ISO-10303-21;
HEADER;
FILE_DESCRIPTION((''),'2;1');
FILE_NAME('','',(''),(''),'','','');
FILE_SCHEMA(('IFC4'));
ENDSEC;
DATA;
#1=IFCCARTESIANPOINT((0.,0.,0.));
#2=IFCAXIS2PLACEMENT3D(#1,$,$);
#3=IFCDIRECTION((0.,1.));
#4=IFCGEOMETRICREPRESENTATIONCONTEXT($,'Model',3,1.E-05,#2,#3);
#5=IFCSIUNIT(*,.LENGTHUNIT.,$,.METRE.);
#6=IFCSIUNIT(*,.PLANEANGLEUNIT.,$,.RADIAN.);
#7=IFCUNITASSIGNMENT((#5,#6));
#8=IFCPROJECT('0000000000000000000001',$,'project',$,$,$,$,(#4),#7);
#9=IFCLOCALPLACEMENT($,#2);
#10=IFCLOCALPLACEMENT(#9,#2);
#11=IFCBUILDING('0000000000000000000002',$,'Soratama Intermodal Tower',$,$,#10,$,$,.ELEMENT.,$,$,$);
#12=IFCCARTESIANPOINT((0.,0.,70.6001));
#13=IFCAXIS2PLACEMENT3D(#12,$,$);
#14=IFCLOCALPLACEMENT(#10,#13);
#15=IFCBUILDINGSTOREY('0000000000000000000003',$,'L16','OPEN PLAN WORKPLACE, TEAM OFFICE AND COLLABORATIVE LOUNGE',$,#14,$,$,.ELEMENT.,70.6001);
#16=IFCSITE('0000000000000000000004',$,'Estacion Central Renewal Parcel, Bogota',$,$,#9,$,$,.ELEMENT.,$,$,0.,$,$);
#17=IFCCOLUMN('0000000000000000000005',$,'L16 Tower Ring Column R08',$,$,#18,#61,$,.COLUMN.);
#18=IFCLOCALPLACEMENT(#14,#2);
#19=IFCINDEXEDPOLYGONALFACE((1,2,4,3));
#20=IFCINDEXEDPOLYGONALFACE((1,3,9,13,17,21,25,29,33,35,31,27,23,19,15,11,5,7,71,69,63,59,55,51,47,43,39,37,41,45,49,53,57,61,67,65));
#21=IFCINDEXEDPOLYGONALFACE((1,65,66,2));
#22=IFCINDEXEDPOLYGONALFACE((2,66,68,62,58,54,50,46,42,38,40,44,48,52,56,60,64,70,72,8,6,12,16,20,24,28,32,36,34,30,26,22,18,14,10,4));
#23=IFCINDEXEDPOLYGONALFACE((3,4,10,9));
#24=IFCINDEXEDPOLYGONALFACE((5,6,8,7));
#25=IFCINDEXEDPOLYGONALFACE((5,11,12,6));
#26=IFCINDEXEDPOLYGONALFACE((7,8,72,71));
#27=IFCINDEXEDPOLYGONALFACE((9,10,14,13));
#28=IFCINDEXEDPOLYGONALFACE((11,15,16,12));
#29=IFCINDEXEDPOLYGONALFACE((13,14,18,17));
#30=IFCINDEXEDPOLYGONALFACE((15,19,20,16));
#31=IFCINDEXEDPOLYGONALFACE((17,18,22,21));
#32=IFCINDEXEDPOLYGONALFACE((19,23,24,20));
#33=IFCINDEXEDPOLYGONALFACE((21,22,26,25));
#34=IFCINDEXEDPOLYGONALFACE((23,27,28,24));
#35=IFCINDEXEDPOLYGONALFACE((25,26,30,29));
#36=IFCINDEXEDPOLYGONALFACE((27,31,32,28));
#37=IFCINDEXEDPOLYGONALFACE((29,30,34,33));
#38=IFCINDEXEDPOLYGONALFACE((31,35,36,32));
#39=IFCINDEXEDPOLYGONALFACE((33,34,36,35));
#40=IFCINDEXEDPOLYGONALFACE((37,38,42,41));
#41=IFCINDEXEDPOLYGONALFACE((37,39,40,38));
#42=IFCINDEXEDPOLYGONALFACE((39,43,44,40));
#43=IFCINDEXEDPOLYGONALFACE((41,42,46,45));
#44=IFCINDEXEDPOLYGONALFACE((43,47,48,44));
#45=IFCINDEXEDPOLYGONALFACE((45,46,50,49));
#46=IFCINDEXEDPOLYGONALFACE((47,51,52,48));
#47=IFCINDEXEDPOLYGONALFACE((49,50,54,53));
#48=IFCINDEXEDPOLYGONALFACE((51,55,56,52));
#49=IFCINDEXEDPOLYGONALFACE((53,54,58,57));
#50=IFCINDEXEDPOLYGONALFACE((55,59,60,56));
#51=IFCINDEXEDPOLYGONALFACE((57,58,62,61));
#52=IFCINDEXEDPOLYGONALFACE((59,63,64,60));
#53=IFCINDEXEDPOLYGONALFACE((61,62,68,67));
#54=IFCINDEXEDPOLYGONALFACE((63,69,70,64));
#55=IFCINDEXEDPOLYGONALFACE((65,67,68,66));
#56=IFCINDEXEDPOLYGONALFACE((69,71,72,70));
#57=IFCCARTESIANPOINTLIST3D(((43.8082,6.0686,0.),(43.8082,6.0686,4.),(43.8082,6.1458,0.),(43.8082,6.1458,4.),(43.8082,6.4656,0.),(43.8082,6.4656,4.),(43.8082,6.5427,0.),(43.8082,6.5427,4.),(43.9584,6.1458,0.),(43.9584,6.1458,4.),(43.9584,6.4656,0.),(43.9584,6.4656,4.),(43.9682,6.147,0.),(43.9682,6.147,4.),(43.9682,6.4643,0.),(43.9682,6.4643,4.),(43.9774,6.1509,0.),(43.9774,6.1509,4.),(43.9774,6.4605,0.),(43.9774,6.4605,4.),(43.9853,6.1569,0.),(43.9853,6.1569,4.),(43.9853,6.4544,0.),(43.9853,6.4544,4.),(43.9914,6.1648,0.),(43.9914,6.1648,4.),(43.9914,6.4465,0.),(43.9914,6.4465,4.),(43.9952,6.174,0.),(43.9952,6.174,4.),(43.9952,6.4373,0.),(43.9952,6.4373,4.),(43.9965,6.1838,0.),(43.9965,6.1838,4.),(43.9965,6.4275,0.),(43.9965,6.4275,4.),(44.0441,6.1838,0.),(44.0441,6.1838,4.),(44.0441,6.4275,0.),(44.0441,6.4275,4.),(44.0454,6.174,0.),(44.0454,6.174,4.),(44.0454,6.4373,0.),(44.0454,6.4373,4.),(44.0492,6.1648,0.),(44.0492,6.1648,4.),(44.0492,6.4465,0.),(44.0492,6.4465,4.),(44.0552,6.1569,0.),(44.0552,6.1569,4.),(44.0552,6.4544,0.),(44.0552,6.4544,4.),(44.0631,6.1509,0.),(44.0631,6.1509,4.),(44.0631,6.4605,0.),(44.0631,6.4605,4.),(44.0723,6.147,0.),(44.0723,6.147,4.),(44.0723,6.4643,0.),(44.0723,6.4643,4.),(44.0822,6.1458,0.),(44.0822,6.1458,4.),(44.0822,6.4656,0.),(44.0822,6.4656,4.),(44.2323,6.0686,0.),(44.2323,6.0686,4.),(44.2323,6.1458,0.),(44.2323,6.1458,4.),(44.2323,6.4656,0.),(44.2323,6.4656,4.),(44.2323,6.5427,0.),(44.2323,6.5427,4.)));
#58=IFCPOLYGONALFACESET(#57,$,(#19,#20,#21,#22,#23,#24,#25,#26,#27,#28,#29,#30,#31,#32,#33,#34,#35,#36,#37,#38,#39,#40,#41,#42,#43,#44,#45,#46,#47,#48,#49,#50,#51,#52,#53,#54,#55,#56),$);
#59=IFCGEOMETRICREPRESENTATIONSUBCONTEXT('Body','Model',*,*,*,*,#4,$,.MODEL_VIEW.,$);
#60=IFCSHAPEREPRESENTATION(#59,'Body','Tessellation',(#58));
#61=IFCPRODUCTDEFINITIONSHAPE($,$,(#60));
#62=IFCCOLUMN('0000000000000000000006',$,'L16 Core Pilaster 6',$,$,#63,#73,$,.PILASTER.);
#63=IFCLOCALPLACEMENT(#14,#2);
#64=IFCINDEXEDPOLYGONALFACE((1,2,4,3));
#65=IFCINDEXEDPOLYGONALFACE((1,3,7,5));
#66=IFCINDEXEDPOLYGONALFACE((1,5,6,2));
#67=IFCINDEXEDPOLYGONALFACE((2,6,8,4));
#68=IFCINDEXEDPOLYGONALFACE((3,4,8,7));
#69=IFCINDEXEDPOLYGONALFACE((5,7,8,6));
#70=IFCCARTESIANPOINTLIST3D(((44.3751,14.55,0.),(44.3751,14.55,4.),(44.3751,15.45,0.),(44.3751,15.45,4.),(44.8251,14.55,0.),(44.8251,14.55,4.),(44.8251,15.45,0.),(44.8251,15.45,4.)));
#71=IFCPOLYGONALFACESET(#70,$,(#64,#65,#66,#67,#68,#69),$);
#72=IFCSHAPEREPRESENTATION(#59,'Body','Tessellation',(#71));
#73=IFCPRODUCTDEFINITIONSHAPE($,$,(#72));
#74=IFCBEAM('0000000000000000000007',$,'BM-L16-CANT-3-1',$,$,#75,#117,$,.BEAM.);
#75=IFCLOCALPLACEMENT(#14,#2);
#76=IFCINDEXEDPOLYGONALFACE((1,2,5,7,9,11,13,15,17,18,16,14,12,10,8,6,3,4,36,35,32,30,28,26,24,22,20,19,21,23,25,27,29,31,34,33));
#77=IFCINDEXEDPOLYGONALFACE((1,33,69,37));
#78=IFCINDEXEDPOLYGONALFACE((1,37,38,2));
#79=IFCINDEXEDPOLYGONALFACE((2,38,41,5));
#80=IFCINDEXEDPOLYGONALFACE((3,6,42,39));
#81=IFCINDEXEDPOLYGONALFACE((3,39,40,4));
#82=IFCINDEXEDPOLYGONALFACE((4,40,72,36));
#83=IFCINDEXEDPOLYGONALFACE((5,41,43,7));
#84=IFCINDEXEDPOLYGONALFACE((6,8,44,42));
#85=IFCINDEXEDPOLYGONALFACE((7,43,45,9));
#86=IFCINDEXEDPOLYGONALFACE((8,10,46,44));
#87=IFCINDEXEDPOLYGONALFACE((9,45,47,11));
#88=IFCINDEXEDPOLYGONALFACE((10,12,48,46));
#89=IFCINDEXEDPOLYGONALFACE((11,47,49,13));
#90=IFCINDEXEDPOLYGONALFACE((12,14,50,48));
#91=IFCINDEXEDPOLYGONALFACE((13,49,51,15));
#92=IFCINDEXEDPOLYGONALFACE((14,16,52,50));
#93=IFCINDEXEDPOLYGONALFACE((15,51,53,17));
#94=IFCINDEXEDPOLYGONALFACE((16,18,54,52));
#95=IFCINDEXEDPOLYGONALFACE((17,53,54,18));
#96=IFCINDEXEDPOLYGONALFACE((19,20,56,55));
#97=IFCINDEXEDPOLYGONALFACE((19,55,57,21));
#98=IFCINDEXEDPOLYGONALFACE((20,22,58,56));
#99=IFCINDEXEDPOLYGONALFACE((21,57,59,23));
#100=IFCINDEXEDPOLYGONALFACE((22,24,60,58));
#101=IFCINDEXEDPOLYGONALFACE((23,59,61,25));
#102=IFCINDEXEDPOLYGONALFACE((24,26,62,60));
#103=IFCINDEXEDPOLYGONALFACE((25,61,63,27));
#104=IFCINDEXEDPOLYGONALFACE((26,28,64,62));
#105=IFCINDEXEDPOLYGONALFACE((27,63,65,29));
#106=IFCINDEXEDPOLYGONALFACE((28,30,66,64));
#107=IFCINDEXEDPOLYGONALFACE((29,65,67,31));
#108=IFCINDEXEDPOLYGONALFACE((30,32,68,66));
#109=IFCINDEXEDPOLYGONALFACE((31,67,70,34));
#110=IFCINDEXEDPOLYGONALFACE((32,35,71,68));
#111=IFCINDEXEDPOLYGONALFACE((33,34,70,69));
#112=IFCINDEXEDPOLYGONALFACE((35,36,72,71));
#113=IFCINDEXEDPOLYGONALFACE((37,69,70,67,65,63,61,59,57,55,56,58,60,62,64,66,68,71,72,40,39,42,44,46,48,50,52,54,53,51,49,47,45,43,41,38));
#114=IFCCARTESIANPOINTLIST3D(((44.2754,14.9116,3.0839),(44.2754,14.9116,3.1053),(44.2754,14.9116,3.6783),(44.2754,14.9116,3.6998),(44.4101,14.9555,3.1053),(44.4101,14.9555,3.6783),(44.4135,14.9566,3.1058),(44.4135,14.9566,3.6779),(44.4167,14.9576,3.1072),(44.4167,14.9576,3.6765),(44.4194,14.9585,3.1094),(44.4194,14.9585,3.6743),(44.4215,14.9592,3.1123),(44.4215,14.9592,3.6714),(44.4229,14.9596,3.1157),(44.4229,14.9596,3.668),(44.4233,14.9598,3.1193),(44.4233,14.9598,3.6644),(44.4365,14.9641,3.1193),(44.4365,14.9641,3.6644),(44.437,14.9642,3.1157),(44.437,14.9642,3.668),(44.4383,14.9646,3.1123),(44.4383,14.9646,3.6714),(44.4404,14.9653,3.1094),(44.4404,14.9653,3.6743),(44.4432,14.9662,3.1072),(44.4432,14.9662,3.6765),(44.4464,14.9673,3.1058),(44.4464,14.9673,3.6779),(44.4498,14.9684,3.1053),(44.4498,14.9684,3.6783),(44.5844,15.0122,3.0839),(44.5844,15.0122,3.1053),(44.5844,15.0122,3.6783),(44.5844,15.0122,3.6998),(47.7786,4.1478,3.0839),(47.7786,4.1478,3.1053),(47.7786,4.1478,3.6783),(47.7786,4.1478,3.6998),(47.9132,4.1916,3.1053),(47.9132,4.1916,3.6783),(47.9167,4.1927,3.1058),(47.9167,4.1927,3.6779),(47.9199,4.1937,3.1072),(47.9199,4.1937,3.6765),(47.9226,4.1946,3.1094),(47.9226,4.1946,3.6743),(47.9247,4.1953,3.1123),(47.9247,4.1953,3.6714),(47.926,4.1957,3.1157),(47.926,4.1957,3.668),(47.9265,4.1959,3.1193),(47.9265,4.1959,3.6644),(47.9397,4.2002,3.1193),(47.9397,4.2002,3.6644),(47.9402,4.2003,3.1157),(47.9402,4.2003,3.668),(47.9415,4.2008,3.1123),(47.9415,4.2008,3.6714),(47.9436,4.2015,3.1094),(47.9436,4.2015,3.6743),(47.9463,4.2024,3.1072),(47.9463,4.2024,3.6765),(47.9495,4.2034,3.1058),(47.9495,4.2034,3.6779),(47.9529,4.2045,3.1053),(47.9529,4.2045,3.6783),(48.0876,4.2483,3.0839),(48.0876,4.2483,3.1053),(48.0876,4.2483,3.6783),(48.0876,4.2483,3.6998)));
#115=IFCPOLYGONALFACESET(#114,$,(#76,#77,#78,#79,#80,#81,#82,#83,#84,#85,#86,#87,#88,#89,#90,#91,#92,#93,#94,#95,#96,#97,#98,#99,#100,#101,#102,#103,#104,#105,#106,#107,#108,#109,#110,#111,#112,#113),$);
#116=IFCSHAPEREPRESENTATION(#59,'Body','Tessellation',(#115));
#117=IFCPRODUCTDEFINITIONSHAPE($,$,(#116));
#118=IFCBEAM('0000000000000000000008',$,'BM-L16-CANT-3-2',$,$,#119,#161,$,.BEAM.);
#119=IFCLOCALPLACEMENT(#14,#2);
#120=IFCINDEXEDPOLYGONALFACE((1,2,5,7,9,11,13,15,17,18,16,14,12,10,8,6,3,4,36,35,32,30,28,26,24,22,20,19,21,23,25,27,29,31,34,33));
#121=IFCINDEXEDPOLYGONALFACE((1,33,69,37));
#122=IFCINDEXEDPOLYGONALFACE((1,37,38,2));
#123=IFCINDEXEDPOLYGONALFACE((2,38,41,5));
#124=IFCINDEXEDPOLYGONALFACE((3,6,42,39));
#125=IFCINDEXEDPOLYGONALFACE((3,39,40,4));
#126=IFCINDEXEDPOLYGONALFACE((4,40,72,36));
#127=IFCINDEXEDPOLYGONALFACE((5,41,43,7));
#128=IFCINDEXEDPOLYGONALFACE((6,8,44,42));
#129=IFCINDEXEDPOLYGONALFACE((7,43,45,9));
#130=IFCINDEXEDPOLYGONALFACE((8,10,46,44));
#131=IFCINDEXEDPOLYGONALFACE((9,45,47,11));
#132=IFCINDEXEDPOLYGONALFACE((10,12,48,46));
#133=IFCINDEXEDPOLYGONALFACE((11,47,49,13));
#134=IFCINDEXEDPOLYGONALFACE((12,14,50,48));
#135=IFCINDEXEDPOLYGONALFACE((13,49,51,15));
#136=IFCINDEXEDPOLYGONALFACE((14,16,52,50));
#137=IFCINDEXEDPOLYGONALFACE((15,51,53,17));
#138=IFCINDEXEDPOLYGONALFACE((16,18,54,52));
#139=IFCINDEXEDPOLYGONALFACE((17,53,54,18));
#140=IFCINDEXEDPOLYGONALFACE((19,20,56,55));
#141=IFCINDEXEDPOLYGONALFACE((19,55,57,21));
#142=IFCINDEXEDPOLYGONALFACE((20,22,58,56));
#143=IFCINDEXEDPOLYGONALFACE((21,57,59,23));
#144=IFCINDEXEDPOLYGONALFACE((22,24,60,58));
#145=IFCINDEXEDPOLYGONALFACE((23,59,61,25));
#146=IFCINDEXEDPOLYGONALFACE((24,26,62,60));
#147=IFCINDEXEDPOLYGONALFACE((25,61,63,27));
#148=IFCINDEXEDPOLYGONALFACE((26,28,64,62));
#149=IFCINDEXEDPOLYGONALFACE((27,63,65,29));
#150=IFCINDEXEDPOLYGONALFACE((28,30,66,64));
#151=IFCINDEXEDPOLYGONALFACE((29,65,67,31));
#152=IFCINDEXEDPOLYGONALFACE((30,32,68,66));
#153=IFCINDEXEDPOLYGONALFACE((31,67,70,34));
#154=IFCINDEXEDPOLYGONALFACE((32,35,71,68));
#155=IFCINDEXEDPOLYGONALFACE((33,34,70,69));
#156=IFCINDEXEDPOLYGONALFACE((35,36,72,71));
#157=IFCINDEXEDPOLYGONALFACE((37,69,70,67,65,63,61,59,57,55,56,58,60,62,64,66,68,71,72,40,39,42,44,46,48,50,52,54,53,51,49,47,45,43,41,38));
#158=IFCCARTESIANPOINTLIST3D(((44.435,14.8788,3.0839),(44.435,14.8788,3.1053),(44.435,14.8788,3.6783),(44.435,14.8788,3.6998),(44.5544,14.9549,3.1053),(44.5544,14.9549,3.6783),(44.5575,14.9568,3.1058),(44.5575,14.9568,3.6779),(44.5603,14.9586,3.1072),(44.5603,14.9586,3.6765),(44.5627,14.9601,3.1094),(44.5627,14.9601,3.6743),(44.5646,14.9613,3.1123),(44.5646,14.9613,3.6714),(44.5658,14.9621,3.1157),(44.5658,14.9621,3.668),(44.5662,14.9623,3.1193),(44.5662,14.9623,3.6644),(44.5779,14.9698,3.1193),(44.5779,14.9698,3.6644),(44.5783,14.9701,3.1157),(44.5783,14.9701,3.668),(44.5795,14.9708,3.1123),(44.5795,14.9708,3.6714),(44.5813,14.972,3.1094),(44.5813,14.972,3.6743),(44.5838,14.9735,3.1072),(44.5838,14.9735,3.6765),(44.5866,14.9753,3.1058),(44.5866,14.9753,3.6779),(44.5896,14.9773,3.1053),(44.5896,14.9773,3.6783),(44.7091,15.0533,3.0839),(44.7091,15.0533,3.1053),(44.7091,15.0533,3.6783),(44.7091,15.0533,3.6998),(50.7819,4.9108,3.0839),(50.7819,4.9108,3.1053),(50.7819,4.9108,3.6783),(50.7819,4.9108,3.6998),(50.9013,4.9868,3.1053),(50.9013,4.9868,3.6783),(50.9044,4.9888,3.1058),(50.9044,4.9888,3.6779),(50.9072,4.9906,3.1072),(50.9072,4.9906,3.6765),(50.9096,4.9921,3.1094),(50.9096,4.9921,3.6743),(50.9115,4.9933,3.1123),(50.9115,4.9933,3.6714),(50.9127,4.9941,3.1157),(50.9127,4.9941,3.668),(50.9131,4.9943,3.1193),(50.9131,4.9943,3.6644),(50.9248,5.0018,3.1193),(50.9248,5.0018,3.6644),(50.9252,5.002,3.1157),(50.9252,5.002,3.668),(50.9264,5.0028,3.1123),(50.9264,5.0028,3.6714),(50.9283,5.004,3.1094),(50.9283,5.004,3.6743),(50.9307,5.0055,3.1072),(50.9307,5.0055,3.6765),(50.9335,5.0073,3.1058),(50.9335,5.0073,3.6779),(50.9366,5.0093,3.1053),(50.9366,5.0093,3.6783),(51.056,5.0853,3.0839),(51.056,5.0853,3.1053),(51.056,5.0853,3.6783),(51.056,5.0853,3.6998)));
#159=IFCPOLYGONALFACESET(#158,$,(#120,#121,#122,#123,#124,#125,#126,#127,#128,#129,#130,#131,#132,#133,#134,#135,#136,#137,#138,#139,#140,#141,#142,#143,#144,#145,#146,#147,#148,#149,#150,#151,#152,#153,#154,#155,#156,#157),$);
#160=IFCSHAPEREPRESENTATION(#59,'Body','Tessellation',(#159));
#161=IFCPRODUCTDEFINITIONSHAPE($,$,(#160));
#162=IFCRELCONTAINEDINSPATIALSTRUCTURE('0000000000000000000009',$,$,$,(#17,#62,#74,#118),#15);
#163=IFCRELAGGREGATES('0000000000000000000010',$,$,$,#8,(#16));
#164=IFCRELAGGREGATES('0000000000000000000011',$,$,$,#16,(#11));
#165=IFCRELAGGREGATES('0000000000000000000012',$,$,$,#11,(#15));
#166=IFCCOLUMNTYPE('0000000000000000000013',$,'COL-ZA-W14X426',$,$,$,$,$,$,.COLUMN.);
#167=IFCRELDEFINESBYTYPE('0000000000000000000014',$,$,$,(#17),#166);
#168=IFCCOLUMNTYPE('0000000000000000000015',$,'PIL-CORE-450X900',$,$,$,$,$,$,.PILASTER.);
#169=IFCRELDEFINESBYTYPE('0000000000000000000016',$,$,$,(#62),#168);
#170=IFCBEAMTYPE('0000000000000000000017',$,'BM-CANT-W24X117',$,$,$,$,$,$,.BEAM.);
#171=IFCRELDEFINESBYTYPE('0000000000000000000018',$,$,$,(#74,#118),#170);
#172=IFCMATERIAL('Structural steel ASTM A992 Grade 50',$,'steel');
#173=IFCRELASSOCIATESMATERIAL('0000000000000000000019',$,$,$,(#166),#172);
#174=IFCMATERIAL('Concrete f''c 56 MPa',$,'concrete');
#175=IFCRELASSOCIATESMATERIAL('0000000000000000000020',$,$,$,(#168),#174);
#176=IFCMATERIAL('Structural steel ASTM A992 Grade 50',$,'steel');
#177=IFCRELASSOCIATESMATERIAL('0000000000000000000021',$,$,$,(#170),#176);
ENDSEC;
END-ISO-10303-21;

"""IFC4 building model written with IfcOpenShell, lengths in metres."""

from ifc_helpers import new_model, si_unit, direction, frame, origin, origin_2d, place, context, subcontext, project, spatial, rectangle, i_section, extrude, material, material_profile, profile_set, type_object, element, save


model = new_model("IFC4")

# Units and contexts
model_context = context("Model", 3, precision=1e-05, world=origin(), true_north=direction((0.0, 1.0)))
body_context = subcontext(model_context, "Body", "Model", "MODEL_VIEW")
ifc_project = project(units=[si_unit("LENGTHUNIT", "METRE"), si_unit("PLANEANGLEUNIT", "RADIAN")], contexts=[model_context])

# Site, building, storey
site_placement = place(None, origin())
site = spatial("IfcSite", under=ifc_project, at=site_placement, Name="Estacion Central Renewal Parcel, Bogota", CompositionType="ELEMENT", RefElevation=0.0)
building_placement = place(site_placement, origin())
building = spatial("IfcBuilding", under=site, at=building_placement, Name="Soratama Intermodal Tower", CompositionType="ELEMENT")
storey_placement = place(building_placement, frame((0.0, 0.0, 70.6001)))
storey = spatial("IfcBuildingStorey", under=building, at=storey_placement, Name="L16", Description="OPEN PLAN WORKPLACE, TEAM OFFICE AND COLLABORATIVE LOUNGE", CompositionType="ELEMENT", Elevation=70.6001)

# Columns
ifc_material_1 = material(Name="Structural steel ASTM A992 Grade 50", Category="steel")
ifc_material_profile_1 = material_profile(ifc_material_1, i_section(OverallWidth=0.4241, OverallDepth=0.4741, WebThickness=0.0476, FlangeThickness=0.0771, FilletRadius=0.0381, at=origin_2d()), Name="W14X426")
ifc_profile_set_1 = profile_set([ifc_material_profile_1], Name="Structural steel ASTM A992 Grade 50")
column_type_1 = type_object("IfcColumnType", Name="COL-ZA-W14X426", PredefinedType="COLUMN", material=ifc_profile_set_1)
column_1_placement = place(storey_placement, frame((44.0203, 6.3057, 0.0), z_axis=(0.0, 0.0, 1.0), x_axis=(1.0, 0.0, 0.0)))
element("IfcColumn", 1, at=column_1_placement, inside=storey, type_object=column_type_1, Name="L16 Tower Ring Column R08", PredefinedType="COLUMN", context=body_context, shape_type="SweptSolid", body=[
    extrude(i_section(OverallWidth=0.4241, OverallDepth=0.4741, WebThickness=0.0476, FlangeThickness=0.0771, FilletRadius=0.0381, at=origin_2d()), origin(), (0.0, 0.0, 1.0), 4.0),
])
ifc_material_2 = material(Name="Concrete f'c 56 MPa", Category="concrete")
ifc_material_profile_2 = material_profile(ifc_material_2, rectangle(XDim=0.45, YDim=0.8999, at=origin_2d()), Name="RC450X900")
ifc_profile_set_2 = profile_set([ifc_material_profile_2], Name="Concrete f'c 56 MPa")
column_type_2 = type_object("IfcColumnType", Name="PIL-CORE-450X900", PredefinedType="PILASTER", material=ifc_profile_set_2)
column_2_placement = place(storey_placement, frame((44.6001, 15.0, 0.0), z_axis=(0.0, 0.0, 1.0), x_axis=(1.0, 0.0, 0.0)))
element("IfcColumn", 2, at=column_2_placement, inside=storey, type_object=column_type_2, Name="L16 Core Pilaster 6", PredefinedType="PILASTER", context=body_context, shape_type="SweptSolid", body=[
    extrude(rectangle(XDim=0.45, YDim=0.8999, at=origin_2d()), origin(), (0.0, 0.0, 1.0), 4.0),
])

# Beams
ifc_material_3 = material(Name="Structural steel ASTM A992 Grade 50", Category="steel")
ifc_material_profile_3 = material_profile(ifc_material_3, i_section(OverallWidth=0.325, OverallDepth=0.616, WebThickness=0.0139, FlangeThickness=0.0215, FilletRadius=0.0139, at=origin_2d()), Name="W24X117")
ifc_profile_set_3 = profile_set([ifc_material_profile_3], Name="Structural steel ASTM A992 Grade 50")
beam_type_1 = type_object("IfcBeamType", Name="BM-CANT-W24X117", PredefinedType="BEAM", material=ifc_profile_set_3)
beam_1_placement = place(storey_placement, frame((44.4299, 14.9619, 3.3918), z_axis=(0.309478, -0.950907, 0.0), x_axis=(0.950907, 0.309478, 0.0)))
element("IfcBeam", 3, at=beam_1_placement, inside=storey, type_object=beam_type_1, Name="BM-L16-CANT-3-1", PredefinedType="BEAM", context=body_context, shape_type="SweptSolid", body=[
    extrude(i_section(OverallWidth=0.325, OverallDepth=0.616, WebThickness=0.0139, FlangeThickness=0.0215, FilletRadius=0.0139, at=origin_2d()), origin(), (0.0, 0.0, 1.0), 11.3196),
])
beam_2_placement = place(storey_placement, frame((44.572, 14.9661, 3.3918), z_axis=(0.537095, -0.843522, 0.0), x_axis=(0.843522, 0.537095, 0.0)))
element("IfcBeam", 4, at=beam_2_placement, inside=storey, type_object=beam_type_1, Name="BM-L16-CANT-3-2", PredefinedType="BEAM", context=body_context, shape_type="SweptSolid", body=[
    extrude(i_section(OverallWidth=0.325, OverallDepth=0.616, WebThickness=0.0139, FlangeThickness=0.0215, FilletRadius=0.0139, at=origin_2d()), origin(), (0.0, 0.0, 1.0), 11.8171),
])

save(model, "model.ifc")
